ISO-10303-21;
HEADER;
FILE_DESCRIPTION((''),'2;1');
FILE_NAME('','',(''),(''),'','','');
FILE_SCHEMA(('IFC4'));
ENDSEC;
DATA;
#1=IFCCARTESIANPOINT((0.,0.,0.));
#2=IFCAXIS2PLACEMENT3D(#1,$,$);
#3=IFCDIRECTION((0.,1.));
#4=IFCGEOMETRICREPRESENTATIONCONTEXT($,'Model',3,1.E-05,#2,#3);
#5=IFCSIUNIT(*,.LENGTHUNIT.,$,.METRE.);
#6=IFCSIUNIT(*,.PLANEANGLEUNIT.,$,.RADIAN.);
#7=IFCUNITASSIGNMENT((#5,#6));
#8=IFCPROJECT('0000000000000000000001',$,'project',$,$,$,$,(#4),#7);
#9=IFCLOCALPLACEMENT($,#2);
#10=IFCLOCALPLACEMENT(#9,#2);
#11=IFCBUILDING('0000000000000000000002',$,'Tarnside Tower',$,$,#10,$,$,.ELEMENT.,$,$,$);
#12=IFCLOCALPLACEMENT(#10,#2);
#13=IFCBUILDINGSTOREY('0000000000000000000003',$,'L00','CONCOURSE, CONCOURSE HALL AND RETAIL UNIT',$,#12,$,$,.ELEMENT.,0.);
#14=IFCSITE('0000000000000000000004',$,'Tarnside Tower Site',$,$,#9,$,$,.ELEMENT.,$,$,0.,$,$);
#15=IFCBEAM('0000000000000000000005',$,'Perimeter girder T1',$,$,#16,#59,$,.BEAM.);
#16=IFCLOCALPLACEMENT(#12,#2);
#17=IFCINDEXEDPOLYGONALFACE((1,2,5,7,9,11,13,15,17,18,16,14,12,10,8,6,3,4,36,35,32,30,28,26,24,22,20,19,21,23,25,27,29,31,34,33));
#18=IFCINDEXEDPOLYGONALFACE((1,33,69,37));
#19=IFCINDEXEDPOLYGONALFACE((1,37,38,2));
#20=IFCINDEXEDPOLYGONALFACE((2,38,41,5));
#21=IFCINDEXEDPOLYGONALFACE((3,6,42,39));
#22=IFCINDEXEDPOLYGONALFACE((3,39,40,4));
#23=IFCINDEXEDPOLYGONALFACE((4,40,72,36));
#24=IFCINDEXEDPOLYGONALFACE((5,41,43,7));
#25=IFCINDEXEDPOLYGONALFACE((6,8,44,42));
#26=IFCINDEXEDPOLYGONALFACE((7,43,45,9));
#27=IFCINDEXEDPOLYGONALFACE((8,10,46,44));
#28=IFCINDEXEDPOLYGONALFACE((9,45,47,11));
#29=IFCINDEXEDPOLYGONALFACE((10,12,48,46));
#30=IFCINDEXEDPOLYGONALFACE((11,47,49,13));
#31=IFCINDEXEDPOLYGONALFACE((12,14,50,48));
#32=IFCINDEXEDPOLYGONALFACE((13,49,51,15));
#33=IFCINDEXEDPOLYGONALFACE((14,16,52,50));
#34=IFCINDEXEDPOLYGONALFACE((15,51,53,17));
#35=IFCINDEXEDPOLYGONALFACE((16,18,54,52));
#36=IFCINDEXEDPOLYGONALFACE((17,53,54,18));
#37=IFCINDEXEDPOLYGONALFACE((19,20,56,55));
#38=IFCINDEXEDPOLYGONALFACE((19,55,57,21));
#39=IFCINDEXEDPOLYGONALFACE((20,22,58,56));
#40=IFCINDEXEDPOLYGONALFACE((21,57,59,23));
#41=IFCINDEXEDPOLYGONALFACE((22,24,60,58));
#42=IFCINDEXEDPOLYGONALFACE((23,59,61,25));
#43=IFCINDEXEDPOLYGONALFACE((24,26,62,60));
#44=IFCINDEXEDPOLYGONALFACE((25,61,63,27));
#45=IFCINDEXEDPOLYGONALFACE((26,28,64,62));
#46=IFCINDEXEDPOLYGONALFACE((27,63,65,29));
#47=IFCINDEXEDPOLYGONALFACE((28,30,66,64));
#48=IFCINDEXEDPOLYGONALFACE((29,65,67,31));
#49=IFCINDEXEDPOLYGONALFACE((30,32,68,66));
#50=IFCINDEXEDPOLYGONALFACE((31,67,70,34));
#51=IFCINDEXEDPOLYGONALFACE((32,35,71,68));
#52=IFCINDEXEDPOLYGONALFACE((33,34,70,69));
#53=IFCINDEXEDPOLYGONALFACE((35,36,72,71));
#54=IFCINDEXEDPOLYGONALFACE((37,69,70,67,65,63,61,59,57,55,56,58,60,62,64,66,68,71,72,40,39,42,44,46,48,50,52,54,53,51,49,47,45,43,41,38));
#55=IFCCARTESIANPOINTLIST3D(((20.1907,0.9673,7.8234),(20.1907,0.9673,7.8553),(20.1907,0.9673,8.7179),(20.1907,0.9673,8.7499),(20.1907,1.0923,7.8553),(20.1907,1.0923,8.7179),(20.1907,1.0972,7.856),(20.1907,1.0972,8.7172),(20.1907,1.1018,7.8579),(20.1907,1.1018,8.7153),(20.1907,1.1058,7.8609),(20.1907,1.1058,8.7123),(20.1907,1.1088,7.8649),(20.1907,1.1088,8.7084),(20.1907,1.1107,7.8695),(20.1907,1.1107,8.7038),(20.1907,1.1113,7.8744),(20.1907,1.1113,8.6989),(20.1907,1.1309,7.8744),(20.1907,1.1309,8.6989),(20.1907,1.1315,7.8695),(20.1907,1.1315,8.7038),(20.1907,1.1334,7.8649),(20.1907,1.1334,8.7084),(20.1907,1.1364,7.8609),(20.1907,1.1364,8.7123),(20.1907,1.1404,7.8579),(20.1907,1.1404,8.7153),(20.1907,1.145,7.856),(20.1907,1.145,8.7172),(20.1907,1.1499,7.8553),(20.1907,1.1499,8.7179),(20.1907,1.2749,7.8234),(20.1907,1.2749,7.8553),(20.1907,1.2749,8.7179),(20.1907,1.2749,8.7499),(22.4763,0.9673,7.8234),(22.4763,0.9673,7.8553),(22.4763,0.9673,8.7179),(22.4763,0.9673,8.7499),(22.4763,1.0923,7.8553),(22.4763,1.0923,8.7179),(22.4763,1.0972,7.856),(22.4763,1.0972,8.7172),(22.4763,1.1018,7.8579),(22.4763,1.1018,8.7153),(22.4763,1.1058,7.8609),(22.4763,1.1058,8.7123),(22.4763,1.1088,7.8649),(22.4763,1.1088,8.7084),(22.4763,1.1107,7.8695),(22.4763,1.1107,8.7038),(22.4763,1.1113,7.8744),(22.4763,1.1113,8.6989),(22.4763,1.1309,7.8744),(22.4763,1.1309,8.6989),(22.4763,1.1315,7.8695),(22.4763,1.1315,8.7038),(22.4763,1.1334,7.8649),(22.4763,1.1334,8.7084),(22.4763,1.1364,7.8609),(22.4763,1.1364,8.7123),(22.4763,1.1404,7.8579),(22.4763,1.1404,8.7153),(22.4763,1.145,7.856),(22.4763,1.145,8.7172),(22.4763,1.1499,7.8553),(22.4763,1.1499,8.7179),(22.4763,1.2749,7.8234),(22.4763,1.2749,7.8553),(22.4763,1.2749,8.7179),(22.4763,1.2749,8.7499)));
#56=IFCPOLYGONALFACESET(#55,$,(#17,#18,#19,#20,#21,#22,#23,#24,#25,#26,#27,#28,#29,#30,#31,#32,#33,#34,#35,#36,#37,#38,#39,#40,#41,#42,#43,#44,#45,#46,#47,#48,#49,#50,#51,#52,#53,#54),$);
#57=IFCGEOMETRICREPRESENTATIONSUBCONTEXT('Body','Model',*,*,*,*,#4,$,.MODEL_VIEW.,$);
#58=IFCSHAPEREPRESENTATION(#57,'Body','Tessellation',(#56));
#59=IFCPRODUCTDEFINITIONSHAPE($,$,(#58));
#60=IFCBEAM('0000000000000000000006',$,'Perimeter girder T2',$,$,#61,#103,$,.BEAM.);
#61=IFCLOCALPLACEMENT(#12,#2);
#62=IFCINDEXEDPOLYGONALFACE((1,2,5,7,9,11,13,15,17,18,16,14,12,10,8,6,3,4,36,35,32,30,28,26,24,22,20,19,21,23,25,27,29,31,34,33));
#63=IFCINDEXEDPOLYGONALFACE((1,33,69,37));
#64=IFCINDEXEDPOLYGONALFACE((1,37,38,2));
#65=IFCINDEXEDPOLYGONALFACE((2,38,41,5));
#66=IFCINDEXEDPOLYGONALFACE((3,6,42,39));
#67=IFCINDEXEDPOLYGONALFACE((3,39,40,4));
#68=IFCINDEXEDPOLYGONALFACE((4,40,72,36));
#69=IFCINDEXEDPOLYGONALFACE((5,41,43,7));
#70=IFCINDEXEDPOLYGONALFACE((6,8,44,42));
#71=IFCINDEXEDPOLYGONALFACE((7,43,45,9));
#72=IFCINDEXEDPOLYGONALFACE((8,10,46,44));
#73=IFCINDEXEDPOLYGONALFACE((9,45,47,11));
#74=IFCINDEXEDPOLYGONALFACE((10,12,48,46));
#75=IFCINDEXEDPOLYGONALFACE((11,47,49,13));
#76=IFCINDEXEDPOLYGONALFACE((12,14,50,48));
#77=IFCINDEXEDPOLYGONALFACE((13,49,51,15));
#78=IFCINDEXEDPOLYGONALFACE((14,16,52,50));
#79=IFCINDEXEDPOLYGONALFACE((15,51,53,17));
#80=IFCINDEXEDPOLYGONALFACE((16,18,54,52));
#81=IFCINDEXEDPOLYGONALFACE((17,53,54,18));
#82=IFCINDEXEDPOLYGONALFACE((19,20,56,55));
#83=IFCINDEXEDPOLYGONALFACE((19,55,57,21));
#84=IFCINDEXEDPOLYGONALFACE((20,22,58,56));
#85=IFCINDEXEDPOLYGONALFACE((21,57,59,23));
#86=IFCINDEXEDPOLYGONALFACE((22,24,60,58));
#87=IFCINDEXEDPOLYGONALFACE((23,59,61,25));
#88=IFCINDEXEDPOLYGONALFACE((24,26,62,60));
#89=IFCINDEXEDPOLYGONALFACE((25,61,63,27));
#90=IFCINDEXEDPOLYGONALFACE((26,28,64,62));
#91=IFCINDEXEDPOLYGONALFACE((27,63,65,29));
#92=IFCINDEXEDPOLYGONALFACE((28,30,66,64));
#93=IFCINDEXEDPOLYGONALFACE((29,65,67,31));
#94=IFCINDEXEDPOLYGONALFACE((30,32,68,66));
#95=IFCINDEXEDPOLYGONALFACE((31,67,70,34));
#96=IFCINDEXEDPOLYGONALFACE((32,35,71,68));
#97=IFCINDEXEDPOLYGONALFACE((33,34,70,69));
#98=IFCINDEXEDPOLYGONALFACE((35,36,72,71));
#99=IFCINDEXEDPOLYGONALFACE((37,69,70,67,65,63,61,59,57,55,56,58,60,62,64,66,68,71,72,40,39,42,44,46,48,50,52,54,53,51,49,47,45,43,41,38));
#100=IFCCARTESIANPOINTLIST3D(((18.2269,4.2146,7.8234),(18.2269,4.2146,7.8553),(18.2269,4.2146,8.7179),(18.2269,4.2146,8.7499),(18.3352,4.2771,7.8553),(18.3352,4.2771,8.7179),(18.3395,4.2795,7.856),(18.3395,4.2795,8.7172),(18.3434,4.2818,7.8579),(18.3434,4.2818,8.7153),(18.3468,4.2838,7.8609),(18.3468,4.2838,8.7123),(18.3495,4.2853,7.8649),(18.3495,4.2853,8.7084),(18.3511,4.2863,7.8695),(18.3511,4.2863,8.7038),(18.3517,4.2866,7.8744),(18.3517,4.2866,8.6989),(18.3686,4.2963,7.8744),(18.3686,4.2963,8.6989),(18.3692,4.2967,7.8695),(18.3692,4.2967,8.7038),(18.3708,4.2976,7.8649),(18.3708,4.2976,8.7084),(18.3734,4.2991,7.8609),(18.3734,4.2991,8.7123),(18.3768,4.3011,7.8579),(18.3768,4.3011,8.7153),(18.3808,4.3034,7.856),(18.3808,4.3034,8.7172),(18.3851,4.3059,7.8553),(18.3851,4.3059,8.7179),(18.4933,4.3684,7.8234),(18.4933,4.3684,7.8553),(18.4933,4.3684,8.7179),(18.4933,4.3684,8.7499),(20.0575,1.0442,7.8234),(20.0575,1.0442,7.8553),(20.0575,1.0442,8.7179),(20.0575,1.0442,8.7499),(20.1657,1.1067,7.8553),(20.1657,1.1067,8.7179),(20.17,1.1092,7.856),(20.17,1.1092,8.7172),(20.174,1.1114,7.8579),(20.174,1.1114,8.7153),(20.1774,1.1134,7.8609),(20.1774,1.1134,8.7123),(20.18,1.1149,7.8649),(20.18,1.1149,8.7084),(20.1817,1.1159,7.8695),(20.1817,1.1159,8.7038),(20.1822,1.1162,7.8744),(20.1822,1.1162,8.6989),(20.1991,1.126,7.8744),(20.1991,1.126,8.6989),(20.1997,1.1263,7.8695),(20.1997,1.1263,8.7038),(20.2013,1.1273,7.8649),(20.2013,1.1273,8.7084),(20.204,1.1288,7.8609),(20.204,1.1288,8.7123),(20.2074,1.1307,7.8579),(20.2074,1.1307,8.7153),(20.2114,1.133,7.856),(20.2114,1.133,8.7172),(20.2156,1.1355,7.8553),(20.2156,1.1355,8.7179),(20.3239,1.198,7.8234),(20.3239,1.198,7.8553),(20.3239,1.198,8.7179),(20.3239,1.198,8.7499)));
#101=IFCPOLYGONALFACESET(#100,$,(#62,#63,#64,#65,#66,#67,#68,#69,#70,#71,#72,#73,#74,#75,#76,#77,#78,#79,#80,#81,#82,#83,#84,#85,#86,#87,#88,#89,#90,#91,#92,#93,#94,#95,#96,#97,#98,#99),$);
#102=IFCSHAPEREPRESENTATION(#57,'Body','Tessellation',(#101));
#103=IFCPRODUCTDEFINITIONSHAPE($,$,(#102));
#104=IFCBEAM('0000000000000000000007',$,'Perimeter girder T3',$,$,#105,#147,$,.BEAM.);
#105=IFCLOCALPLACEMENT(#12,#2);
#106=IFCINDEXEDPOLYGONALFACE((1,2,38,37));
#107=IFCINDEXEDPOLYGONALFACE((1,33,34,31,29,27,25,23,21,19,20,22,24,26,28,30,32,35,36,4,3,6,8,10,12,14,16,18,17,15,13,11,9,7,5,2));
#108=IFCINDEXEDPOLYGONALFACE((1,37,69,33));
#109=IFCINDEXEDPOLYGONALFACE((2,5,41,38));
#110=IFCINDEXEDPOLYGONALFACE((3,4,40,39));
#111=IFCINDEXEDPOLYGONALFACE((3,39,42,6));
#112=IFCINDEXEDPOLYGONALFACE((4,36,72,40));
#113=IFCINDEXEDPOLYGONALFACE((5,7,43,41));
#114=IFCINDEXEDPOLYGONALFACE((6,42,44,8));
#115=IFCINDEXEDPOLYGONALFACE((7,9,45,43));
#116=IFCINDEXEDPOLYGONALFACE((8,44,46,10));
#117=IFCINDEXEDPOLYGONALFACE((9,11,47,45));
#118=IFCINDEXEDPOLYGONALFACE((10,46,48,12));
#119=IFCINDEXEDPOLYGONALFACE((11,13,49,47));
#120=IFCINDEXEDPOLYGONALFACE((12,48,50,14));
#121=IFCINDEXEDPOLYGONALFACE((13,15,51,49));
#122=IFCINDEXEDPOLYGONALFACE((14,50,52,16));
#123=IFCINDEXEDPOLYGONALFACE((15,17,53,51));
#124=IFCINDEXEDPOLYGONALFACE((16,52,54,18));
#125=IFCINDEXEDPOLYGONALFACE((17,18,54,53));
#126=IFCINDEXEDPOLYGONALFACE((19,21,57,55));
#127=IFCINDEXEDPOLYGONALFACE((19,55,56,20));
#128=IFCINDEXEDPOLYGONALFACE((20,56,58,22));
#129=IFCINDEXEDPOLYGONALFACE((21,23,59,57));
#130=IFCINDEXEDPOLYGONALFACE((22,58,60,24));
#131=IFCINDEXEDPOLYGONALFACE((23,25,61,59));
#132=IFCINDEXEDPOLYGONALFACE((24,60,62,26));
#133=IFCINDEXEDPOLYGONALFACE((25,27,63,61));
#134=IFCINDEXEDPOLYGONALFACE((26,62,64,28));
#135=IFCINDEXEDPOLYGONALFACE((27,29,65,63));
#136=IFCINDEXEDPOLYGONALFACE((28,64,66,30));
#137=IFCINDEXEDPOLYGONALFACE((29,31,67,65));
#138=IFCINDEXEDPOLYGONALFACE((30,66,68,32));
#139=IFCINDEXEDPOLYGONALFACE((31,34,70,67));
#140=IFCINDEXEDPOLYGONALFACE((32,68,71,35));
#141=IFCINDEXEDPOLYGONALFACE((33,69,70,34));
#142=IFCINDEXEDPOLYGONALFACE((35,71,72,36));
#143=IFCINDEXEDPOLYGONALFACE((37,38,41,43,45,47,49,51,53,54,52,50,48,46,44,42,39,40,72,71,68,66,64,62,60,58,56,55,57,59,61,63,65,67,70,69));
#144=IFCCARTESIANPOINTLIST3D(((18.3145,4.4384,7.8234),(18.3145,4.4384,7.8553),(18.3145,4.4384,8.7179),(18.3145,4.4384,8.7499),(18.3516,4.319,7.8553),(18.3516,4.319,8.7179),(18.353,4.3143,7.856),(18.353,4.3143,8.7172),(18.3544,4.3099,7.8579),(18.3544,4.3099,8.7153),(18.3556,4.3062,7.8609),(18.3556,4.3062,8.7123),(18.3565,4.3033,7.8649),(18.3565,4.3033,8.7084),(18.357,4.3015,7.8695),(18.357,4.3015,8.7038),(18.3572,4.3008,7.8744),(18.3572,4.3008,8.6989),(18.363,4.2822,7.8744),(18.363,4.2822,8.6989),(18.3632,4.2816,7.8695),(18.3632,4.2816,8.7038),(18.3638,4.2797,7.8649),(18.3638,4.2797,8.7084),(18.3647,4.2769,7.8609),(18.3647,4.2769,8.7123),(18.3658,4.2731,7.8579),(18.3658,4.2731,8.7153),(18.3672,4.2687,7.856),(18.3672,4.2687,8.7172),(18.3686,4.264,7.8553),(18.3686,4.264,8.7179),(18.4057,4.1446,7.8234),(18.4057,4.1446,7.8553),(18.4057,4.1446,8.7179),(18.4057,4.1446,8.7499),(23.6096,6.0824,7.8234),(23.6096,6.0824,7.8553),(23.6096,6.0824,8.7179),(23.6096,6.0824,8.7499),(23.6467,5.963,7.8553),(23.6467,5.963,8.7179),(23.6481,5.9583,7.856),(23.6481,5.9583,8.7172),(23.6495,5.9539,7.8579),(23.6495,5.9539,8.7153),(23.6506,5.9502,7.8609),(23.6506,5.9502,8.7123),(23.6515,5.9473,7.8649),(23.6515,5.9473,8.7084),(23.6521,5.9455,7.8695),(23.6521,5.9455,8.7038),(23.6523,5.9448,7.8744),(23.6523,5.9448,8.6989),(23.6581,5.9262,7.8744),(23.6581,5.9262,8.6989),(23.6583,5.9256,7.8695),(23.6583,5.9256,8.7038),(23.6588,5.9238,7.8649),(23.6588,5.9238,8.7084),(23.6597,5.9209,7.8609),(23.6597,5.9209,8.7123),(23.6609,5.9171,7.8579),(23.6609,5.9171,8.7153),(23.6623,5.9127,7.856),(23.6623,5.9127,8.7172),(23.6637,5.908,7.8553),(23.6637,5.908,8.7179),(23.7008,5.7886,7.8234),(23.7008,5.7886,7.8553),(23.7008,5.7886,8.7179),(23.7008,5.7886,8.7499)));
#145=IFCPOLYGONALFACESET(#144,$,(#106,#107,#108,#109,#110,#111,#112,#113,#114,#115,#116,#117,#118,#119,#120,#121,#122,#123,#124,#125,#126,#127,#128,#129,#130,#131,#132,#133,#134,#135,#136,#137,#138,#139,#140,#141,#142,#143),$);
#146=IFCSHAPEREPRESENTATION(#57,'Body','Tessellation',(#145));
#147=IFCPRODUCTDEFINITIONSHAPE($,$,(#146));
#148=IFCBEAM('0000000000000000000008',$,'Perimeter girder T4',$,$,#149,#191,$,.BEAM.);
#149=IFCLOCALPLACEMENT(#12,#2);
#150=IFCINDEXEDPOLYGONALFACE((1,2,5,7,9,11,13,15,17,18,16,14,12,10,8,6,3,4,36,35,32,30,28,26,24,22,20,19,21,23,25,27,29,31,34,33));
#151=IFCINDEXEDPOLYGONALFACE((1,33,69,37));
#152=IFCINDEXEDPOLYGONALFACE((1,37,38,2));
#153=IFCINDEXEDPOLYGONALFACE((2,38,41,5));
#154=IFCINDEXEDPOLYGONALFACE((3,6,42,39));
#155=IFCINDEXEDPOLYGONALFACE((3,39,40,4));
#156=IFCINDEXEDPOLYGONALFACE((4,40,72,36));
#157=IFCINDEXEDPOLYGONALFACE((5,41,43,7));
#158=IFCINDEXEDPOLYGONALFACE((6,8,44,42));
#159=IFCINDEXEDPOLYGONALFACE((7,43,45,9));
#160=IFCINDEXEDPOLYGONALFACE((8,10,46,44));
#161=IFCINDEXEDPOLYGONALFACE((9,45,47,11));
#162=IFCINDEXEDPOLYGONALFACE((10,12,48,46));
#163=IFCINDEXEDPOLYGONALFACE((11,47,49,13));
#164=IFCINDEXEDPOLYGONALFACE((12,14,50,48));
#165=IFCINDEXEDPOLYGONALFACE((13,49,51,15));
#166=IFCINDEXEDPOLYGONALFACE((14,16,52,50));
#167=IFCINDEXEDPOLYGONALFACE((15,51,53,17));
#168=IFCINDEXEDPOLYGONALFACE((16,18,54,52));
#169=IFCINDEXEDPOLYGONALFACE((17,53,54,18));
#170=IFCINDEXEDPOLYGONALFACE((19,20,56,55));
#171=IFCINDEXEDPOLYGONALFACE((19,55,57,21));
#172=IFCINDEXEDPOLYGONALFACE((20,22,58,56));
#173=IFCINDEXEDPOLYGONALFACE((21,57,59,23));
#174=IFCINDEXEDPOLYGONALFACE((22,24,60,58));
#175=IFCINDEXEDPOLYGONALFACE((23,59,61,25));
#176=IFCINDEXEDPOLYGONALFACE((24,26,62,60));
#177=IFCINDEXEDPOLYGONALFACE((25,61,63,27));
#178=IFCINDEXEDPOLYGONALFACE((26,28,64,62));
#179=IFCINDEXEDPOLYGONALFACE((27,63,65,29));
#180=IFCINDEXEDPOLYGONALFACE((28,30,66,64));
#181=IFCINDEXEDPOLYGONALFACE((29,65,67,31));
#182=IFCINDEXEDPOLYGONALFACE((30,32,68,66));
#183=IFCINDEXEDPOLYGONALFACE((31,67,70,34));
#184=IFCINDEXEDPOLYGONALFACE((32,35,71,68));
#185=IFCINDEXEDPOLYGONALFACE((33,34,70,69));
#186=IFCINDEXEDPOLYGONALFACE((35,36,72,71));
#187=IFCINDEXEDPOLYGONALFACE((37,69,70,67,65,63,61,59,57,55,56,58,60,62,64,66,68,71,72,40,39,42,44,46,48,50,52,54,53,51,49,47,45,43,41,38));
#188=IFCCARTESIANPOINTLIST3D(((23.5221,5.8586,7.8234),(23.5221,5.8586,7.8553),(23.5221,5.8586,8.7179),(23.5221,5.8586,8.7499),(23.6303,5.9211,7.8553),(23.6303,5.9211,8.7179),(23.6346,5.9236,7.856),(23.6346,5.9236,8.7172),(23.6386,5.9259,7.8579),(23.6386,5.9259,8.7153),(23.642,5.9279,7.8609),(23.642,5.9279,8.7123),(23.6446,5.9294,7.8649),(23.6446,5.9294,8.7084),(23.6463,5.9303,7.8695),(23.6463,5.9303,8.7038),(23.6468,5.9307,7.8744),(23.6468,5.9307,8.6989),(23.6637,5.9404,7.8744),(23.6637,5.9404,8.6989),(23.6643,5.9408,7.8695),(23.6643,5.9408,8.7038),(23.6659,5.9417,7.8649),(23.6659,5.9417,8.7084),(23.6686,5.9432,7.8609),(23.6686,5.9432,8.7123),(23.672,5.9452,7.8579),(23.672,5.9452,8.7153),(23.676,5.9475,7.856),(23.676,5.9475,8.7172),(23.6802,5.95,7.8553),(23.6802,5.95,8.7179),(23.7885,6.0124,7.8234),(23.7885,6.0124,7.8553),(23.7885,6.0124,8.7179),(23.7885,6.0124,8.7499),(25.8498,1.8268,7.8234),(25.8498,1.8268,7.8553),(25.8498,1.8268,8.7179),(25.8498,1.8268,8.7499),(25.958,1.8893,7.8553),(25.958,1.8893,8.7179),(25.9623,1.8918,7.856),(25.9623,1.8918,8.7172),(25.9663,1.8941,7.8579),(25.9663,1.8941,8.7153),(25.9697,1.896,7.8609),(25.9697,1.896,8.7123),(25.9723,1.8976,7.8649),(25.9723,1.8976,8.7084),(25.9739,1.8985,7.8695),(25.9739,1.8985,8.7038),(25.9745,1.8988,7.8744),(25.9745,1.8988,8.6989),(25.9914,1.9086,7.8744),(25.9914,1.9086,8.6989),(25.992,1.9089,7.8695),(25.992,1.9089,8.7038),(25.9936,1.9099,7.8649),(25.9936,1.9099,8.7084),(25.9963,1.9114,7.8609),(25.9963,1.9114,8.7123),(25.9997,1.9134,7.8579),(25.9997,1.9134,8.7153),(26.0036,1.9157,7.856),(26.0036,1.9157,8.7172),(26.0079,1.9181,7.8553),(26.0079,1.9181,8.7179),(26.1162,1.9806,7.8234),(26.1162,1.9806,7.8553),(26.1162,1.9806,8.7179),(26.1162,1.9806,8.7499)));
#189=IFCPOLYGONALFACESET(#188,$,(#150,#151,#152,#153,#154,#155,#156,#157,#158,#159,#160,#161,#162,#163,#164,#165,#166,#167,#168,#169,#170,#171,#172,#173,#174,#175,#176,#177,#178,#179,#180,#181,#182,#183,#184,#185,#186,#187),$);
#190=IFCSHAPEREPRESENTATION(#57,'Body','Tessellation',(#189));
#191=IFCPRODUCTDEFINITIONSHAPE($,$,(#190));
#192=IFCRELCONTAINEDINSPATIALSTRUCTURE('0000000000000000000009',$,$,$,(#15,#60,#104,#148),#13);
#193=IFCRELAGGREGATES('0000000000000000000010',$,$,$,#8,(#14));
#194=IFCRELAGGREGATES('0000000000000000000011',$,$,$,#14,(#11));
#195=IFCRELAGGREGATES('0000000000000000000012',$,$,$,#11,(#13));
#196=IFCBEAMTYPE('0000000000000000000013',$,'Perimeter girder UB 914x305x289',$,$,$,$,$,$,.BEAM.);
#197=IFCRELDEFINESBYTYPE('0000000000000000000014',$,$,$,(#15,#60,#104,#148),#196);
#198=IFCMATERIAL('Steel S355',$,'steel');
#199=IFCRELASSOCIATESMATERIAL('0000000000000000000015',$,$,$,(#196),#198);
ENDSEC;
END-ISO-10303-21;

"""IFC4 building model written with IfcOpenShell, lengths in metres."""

from ifc_helpers import new_model, si_unit, direction, frame, origin, origin_2d, place, context, subcontext, project, spatial, i_section, extrude, material, material_profile, profile_set, type_object, element, save


model = new_model("IFC4")

# Units and contexts
model_context = context("Model", 3, precision=1e-05, world=origin(), true_north=direction((0.0, 1.0)))
body_context = subcontext(model_context, "Body", "Model", "MODEL_VIEW")
ifc_project = project(units=[si_unit("LENGTHUNIT", "METRE"), si_unit("PLANEANGLEUNIT", "RADIAN")], contexts=[model_context])

# Site, building, storey
site_placement = place(None, origin())
site = spatial("IfcSite", under=ifc_project, at=site_placement, Name="Tarnside Tower Site", CompositionType="ELEMENT", RefElevation=0.0)
building_placement = place(site_placement, origin())
building = spatial("IfcBuilding", under=site, at=building_placement, Name="Tarnside Tower", CompositionType="ELEMENT")
storey_placement = place(building_placement, origin())
storey = spatial("IfcBuildingStorey", under=building, at=storey_placement, Name="L00", Description="CONCOURSE, CONCOURSE HALL AND RETAIL UNIT", CompositionType="ELEMENT", Elevation=0.0)

# Shared definitions
ifc_material_1 = material(Name="Steel S355", Category="steel")

# Beams
ifc_material_profile_1 = material_profile(ifc_material_1, i_section(OverallWidth=0.3076, OverallDepth=0.9265, WebThickness=0.0195, FlangeThickness=0.032, FilletRadius=0.019, at=origin_2d()), Name="UB 914x305x289")
ifc_profile_set_1 = profile_set([ifc_material_profile_1], Name="Steel S355")
beam_type_1 = type_object("IfcBeamType", Name="Perimeter girder UB 914x305x289", PredefinedType="BEAM", material=ifc_profile_set_1)
beam_1_placement = place(storey_placement, frame((22.4763, 1.1211, 8.2866), z_axis=(-1.0, 0.0, 0.0), x_axis=(0.0, -1.0, 0.0)))
element("IfcBeam", 1, at=beam_1_placement, inside=storey, type_object=beam_type_1, Name="Perimeter girder T1", PredefinedType="BEAM", context=body_context, shape_type="SweptSolid", body=[
    extrude(i_section(OverallWidth=0.3076, OverallDepth=0.9265, WebThickness=0.0195, FlangeThickness=0.032, FilletRadius=0.019, at=origin_2d()), origin(), (0.0, 0.0, 1.0), 2.2856),
])
beam_2_placement = place(storey_placement, frame((20.1907, 1.1211, 8.2866), z_axis=(-0.500026, 0.86601, 0.0), x_axis=(-0.86601, -0.500026, 0.0)))
element("IfcBeam", 2, at=beam_2_placement, inside=storey, type_object=beam_type_1, Name="Perimeter girder T2", PredefinedType="BEAM", context=body_context, shape_type="SweptSolid", body=[
    extrude(i_section(OverallWidth=0.3076, OverallDepth=0.9265, WebThickness=0.0195, FlangeThickness=0.032, FilletRadius=0.019, at=origin_2d()), origin(), (0.0, 0.0, 1.0), 3.6609),
])
beam_3_placement = place(storey_placement, frame((18.3601, 4.2915, 8.2866), z_axis=(0.955028, 0.296517, 0.0), x_axis=(-0.296517, 0.955028, 0.0)))
element("IfcBeam", 3, at=beam_3_placement, inside=storey, type_object=beam_type_1, Name="Perimeter girder T3", PredefinedType="BEAM", context=body_context, shape_type="SweptSolid", body=[
    extrude(i_section(OverallWidth=0.3076, OverallDepth=0.9265, WebThickness=0.0195, FlangeThickness=0.032, FilletRadius=0.019, at=origin_2d()), origin(), (0.0, 0.0, 1.0), 5.5444),
])
beam_4_placement = place(storey_placement, frame((23.6553, 5.9355, 8.2866), z_axis=(0.499986, -0.866034, 0.0), x_axis=(0.866034, 0.499986, 0.0)))
element("IfcBeam", 4, at=beam_4_placement, inside=storey, type_object=beam_type_1, Name="Perimeter girder T4", PredefinedType="BEAM", context=body_context, shape_type="SweptSolid", body=[
    extrude(i_section(OverallWidth=0.3076, OverallDepth=0.9265, WebThickness=0.0195, FlangeThickness=0.032, FilletRadius=0.019, at=origin_2d()), origin(), (0.0, 0.0, 1.0), 4.6555),
])

save(model, "model.ifc")
